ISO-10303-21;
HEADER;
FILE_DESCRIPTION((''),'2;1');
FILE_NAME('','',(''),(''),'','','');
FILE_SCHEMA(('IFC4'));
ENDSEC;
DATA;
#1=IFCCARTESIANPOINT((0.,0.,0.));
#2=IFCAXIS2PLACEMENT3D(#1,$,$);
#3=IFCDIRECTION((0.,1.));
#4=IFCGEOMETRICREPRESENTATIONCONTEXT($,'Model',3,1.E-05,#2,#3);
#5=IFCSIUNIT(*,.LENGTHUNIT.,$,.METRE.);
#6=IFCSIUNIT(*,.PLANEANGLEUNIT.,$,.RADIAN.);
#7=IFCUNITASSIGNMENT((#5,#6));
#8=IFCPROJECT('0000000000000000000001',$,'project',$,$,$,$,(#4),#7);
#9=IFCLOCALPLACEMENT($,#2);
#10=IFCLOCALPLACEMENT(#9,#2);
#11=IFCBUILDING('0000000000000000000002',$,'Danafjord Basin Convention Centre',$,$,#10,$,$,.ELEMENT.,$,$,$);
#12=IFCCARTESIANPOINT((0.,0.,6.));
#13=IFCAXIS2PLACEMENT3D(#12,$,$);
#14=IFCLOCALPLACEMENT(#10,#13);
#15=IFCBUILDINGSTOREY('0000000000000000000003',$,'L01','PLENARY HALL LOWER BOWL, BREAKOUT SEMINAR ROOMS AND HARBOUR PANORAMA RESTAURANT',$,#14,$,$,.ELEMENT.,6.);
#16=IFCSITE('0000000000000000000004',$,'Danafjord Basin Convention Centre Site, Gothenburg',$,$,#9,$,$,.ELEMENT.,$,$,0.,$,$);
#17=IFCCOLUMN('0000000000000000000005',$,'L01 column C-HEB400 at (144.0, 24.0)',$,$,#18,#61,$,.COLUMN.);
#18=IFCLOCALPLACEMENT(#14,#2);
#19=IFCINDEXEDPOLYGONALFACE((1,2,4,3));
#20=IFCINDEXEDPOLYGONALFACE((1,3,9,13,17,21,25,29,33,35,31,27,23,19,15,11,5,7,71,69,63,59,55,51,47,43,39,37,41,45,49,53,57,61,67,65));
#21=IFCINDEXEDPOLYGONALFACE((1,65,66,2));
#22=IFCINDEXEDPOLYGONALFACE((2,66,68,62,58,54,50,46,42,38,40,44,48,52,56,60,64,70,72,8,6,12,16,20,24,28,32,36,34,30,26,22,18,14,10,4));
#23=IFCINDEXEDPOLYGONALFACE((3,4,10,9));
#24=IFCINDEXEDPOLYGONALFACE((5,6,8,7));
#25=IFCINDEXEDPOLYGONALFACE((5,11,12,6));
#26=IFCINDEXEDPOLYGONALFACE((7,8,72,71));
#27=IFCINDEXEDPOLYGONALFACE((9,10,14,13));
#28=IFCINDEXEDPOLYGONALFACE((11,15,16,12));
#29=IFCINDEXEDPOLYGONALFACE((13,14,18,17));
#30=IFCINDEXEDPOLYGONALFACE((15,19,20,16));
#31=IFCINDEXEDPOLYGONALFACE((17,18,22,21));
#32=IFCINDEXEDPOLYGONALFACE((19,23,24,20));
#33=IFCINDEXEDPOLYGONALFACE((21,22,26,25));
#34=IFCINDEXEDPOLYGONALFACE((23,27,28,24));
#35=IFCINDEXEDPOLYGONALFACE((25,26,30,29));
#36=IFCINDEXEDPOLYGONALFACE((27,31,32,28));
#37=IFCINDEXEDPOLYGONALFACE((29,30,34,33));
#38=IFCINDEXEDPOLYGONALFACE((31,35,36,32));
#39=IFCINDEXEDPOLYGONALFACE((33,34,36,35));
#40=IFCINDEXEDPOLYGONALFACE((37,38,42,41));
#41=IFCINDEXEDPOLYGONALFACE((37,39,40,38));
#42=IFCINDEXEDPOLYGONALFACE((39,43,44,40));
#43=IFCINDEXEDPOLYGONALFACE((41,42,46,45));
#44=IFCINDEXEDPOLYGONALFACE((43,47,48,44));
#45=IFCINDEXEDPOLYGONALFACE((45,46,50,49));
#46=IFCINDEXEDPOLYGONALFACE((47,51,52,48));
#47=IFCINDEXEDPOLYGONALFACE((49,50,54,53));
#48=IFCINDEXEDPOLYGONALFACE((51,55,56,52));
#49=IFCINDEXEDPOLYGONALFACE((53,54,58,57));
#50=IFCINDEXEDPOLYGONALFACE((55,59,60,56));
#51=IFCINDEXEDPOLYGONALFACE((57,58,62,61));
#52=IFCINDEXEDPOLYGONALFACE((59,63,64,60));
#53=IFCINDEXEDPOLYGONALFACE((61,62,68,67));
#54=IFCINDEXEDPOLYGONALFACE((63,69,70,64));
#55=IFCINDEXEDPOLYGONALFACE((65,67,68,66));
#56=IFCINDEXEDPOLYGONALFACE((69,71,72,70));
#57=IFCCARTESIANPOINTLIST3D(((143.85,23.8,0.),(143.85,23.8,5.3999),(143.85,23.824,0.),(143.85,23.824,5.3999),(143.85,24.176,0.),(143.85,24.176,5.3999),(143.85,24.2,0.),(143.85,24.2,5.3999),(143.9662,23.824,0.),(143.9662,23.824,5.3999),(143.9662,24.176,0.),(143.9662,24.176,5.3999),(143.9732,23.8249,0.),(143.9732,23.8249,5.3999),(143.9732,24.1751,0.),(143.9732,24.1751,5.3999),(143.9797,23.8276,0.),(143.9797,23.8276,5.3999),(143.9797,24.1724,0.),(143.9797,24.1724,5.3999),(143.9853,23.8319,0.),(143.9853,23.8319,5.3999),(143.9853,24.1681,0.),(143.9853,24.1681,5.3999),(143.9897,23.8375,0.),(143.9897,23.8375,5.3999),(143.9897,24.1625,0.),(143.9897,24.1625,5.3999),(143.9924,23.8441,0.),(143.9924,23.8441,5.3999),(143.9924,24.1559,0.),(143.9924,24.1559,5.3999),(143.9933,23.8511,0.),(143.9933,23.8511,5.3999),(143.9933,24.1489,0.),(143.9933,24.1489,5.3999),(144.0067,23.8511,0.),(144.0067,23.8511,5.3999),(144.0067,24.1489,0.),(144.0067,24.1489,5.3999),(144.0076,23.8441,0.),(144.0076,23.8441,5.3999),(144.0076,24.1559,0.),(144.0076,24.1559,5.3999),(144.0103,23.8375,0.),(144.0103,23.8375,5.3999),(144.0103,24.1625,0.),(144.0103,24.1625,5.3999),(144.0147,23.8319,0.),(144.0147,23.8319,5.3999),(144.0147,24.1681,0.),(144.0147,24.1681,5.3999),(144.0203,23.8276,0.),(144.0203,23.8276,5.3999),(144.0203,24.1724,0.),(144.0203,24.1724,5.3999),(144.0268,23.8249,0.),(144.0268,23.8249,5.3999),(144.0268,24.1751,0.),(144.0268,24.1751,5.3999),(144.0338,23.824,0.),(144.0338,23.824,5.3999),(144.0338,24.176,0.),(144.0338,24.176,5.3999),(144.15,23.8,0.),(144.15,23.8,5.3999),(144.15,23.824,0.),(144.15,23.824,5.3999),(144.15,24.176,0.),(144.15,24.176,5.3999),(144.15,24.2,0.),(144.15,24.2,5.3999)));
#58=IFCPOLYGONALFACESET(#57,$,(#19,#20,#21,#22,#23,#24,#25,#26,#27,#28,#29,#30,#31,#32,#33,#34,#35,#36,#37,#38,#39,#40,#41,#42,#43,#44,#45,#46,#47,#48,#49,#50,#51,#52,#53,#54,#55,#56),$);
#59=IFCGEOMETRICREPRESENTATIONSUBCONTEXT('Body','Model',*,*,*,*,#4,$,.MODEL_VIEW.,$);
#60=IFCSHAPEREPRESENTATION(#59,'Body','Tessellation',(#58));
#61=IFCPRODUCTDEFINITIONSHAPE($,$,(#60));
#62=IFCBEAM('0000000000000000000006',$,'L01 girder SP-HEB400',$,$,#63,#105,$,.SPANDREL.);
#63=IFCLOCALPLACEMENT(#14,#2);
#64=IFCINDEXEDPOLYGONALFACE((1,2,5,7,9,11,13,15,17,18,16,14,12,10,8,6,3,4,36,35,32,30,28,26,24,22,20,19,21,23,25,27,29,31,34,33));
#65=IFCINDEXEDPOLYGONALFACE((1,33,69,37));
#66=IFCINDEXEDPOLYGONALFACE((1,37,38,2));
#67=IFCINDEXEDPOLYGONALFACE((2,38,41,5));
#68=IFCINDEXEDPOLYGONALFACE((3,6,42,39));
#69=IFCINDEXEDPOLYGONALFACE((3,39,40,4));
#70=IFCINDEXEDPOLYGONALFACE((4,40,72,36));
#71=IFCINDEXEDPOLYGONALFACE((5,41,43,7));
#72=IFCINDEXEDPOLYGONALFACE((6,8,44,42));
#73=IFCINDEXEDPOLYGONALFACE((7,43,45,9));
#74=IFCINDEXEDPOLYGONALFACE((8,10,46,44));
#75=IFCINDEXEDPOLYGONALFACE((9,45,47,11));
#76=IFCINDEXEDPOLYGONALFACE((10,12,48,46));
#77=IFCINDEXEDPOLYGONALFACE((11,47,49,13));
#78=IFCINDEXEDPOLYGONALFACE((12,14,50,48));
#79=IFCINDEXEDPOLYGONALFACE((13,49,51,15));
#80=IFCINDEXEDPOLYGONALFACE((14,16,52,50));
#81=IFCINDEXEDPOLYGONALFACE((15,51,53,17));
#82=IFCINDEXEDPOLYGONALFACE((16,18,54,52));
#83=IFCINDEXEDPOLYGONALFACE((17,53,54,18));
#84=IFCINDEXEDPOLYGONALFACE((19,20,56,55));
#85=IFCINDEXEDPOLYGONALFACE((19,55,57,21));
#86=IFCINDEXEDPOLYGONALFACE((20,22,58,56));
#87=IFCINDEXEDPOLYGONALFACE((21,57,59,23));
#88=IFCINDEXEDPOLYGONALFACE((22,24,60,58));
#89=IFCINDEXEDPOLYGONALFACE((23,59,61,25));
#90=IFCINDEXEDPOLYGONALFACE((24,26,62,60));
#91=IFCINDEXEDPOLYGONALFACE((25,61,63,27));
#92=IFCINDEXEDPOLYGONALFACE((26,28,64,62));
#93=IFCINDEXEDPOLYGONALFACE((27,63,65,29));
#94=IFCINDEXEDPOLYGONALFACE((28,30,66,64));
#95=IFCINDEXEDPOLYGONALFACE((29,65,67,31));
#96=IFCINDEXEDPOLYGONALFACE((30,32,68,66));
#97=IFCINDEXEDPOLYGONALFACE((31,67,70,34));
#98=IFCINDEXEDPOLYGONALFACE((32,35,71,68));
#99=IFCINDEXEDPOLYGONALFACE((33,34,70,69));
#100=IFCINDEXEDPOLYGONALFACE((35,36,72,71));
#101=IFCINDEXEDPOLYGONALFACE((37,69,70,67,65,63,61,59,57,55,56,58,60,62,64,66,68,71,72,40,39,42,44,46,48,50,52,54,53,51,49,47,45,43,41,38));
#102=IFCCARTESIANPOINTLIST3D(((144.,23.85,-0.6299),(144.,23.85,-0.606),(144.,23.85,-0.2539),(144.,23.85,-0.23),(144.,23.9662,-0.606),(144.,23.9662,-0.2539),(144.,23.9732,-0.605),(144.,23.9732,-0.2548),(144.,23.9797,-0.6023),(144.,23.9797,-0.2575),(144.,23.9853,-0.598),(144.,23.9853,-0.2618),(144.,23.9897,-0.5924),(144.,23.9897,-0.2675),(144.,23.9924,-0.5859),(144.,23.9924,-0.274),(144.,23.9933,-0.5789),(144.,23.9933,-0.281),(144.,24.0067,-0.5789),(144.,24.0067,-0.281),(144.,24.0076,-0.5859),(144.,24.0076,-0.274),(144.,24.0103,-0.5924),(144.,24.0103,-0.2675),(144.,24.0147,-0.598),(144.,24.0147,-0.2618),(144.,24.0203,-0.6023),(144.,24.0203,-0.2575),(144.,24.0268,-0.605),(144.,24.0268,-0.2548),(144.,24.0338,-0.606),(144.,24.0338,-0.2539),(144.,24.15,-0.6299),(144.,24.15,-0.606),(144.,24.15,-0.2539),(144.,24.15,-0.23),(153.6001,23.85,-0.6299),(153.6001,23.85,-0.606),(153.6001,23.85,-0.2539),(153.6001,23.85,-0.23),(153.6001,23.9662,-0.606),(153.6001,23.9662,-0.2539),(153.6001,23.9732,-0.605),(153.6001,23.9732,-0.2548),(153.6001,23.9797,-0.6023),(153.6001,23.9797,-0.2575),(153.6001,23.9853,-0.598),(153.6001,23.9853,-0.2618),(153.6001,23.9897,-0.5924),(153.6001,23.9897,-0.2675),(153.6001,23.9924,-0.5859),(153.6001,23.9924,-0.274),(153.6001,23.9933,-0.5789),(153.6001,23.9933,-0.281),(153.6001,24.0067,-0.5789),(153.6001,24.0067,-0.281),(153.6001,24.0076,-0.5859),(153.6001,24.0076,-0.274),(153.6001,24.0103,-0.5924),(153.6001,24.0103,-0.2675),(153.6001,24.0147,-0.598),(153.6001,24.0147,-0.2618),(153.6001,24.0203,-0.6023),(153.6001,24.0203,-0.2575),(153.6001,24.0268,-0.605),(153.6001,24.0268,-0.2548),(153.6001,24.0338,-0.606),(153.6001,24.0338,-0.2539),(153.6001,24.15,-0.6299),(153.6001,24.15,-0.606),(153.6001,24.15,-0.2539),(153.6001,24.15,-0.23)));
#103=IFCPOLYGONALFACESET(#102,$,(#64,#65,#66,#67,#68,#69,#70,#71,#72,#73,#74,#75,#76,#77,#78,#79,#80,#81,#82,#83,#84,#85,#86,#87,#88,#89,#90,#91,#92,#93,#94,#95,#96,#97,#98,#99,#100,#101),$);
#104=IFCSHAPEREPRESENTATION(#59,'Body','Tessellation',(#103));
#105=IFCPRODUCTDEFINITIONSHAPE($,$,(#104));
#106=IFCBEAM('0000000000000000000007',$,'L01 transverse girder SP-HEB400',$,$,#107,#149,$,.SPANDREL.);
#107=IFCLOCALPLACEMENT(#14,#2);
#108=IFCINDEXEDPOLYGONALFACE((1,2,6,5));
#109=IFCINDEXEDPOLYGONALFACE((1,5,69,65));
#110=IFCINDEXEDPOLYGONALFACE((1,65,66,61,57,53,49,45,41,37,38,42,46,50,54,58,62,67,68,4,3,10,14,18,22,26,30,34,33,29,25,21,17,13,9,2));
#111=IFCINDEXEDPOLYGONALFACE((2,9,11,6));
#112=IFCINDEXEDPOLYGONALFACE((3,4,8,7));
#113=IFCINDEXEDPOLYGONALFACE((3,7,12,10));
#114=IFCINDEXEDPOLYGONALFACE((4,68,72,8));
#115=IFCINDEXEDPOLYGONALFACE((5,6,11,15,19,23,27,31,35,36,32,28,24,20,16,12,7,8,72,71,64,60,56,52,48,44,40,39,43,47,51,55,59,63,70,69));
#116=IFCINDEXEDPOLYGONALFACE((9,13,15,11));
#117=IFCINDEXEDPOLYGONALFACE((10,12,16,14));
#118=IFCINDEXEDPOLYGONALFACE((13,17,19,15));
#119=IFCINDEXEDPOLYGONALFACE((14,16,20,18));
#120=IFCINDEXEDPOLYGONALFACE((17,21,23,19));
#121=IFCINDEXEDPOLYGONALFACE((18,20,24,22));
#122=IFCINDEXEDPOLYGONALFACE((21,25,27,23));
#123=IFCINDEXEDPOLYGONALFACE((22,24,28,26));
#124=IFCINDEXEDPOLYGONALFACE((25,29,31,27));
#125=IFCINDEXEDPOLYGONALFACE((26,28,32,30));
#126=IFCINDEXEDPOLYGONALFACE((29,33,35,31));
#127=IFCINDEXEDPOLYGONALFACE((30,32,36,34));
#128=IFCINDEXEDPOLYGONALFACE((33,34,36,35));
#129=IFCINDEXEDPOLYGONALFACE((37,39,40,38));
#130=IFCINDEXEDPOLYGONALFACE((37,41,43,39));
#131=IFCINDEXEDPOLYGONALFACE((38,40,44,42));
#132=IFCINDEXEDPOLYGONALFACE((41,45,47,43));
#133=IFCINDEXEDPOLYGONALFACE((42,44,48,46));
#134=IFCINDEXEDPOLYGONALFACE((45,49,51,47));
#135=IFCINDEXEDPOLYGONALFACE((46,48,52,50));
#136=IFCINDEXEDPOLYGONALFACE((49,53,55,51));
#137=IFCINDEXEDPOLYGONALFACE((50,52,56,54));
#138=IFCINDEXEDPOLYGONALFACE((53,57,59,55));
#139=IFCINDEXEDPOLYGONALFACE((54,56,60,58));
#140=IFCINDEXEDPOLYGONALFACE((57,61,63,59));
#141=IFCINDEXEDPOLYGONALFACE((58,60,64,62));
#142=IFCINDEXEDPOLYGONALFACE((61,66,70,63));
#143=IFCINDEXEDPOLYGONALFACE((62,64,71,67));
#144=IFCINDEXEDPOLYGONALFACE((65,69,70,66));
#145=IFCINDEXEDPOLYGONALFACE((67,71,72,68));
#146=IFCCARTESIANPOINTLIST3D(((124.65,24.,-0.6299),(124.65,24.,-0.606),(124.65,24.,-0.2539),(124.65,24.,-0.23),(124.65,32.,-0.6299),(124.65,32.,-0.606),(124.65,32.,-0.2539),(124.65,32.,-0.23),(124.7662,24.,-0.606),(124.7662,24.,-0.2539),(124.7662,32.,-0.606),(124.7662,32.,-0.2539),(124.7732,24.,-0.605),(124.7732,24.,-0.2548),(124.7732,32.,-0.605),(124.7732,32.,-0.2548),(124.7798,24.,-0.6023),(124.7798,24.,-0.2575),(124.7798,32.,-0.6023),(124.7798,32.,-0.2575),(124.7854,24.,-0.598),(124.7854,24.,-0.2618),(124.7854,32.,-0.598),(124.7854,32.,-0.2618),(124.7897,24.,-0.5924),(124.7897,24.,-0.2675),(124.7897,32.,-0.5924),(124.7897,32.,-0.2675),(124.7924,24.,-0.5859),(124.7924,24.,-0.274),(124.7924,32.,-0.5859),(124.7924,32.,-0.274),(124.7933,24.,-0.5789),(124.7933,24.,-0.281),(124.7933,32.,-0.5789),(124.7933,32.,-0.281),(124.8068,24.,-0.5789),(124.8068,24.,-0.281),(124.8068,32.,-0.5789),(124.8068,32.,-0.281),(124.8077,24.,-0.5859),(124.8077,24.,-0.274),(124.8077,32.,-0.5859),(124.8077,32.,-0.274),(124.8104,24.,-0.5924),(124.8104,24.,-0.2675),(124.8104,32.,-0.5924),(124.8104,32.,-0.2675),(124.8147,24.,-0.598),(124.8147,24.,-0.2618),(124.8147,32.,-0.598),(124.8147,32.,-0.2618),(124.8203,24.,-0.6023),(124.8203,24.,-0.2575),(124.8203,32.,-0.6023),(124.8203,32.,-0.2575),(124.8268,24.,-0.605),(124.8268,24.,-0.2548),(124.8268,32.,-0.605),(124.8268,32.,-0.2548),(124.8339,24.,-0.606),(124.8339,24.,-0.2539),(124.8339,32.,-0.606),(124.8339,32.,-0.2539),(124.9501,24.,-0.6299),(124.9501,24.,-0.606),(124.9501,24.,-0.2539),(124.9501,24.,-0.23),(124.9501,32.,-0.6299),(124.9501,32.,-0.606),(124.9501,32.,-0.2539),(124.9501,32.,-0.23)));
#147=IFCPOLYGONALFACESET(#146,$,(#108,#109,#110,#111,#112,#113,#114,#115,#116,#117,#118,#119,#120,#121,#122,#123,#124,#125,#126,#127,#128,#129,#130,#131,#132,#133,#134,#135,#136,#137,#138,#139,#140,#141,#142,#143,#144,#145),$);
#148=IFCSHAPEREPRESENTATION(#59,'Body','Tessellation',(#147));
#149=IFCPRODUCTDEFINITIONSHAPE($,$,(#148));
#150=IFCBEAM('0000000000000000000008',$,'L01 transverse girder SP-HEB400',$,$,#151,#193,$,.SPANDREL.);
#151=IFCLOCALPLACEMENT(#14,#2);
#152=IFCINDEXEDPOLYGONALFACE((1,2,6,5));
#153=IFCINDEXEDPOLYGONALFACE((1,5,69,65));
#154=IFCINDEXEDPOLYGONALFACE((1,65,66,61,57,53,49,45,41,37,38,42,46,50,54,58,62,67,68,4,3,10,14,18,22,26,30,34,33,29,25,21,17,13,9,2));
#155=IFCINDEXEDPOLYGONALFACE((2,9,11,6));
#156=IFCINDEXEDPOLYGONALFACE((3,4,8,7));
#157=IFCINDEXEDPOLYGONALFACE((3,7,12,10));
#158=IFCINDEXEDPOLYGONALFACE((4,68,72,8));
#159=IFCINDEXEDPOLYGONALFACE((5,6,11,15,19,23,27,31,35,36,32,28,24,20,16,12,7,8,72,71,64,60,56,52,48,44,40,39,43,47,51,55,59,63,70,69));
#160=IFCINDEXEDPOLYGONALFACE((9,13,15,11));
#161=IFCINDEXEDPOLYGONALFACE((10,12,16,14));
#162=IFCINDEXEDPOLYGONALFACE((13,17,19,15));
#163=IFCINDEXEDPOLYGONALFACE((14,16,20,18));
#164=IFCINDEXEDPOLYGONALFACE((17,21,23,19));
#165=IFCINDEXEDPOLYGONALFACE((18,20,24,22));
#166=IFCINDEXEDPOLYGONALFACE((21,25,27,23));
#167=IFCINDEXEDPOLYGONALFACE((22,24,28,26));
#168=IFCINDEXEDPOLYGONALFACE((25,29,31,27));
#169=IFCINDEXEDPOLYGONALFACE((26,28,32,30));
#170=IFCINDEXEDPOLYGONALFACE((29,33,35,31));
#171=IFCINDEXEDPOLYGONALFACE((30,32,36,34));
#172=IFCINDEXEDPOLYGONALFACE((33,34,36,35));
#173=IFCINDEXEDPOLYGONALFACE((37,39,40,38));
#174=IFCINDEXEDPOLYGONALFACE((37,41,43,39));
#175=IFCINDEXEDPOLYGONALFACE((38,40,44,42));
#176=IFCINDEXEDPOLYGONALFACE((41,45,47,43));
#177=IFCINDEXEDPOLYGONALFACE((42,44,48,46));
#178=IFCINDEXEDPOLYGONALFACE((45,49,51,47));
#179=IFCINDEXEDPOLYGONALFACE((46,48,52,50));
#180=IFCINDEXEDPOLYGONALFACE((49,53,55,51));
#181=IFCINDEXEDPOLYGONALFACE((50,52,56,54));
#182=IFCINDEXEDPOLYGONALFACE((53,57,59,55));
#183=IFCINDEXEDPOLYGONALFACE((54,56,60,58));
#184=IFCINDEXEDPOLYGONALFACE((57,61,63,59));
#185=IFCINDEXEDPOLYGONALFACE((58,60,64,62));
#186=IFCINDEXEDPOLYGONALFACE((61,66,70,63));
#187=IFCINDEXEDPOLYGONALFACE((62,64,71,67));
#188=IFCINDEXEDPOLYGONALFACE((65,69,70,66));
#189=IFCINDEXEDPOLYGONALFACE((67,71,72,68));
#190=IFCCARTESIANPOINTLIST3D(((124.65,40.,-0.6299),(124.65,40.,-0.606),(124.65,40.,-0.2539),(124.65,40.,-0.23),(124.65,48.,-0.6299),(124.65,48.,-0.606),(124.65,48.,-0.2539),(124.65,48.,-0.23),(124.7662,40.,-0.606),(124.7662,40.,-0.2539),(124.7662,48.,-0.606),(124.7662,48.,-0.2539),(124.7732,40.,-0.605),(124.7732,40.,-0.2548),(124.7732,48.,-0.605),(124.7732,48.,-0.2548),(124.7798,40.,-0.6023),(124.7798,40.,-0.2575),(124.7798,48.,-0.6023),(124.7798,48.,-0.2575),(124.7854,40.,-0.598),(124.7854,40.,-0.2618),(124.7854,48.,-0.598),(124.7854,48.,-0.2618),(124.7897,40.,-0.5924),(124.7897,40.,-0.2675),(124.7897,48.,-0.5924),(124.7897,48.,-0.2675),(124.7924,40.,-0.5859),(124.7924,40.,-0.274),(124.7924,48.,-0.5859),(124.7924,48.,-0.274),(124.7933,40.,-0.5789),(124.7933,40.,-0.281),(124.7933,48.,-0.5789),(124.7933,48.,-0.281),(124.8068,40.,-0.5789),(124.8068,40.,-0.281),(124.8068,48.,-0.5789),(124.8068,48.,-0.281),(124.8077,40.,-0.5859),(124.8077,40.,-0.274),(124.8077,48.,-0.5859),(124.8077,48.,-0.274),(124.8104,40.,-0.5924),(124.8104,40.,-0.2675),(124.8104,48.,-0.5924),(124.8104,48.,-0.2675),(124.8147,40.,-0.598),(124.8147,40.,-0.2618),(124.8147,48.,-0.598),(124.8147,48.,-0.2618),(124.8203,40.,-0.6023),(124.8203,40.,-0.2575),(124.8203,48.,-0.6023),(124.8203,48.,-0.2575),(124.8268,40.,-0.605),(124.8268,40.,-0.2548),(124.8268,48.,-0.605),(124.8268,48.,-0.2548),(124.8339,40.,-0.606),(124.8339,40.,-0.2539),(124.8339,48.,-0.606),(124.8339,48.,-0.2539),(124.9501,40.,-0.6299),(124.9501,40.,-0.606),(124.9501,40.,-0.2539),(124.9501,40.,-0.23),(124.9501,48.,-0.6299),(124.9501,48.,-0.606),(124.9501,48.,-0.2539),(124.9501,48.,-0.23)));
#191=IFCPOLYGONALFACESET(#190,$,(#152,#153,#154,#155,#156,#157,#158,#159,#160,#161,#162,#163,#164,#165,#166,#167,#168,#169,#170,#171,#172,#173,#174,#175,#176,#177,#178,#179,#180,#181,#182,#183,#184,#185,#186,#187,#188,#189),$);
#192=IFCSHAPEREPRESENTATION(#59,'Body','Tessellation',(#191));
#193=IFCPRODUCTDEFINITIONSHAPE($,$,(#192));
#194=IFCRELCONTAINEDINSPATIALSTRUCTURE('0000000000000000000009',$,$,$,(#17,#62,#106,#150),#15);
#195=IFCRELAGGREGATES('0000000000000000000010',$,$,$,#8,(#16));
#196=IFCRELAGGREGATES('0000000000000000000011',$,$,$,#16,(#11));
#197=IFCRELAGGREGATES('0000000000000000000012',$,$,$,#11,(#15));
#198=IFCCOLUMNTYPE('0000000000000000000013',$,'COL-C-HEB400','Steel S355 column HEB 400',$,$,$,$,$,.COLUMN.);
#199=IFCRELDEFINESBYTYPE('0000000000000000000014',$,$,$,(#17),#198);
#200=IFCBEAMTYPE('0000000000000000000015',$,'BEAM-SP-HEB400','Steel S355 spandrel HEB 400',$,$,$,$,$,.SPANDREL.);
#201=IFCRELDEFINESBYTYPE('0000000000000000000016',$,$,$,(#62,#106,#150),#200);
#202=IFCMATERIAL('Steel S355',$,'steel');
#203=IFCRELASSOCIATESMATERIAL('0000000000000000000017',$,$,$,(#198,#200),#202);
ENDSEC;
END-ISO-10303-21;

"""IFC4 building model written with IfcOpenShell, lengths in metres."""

from ifc_helpers import new_model, si_unit, direction, frame, origin, origin_2d, place, context, subcontext, project, spatial, i_section, extrude, material, material_profile, profile_set, type_object, element, save


model = new_model("IFC4")

# Units and contexts
model_context = context("Model", 3, precision=1e-05, world=origin(), true_north=direction((0.0, 1.0)))
body_context = subcontext(model_context, "Body", "Model", "MODEL_VIEW")
ifc_project = project(units=[si_unit("LENGTHUNIT", "METRE"), si_unit("PLANEANGLEUNIT", "RADIAN")], contexts=[model_context])

# Site, building, storey
site_placement = place(None, origin())
site = spatial("IfcSite", under=ifc_project, at=site_placement, Name="Danafjord Basin Convention Centre Site, Gothenburg", CompositionType="ELEMENT", RefElevation=0.0)
building_placement = place(site_placement, origin())
building = spatial("IfcBuilding", under=site, at=building_placement, Name="Danafjord Basin Convention Centre", CompositionType="ELEMENT")
storey_placement = place(building_placement, frame((0.0, 0.0, 6.0)))
storey = spatial("IfcBuildingStorey", under=building, at=storey_placement, Name="L01", Description="PLENARY HALL LOWER BOWL, BREAKOUT SEMINAR ROOMS AND HARBOUR PANORAMA RESTAURANT", CompositionType="ELEMENT", Elevation=6.0)

# Column
ifc_material_1 = material(Name="Steel S355", Category="steel")
ifc_material_profile_1 = material_profile(ifc_material_1, i_section(OverallWidth=0.3, OverallDepth=0.3999, WebThickness=0.0134, FlangeThickness=0.0239, FilletRadius=0.0271, at=origin_2d()), Name="HEB 400")
ifc_profile_set_1 = profile_set([ifc_material_profile_1], Name="Steel S355")
column_type_1 = type_object("IfcColumnType", Name="COL-C-HEB400", Description="Steel S355 column HEB 400", PredefinedType="COLUMN", material=ifc_profile_set_1)
column_placement = place(storey_placement, frame((144.0, 24.0, 0.0), z_axis=(0.0, 0.0, 1.0), x_axis=(1.0, 0.0, 0.0)))
element("IfcColumn", 1, at=column_placement, inside=storey, type_object=column_type_1, Name="L01 column C-HEB400 at (144.0, 24.0)", PredefinedType="COLUMN", context=body_context, shape_type="SweptSolid", body=[
    extrude(i_section(OverallWidth=0.3, OverallDepth=0.3999, WebThickness=0.0134, FlangeThickness=0.0239, FilletRadius=0.0271, at=origin_2d()), origin(), (0.0, 0.0, 1.0), 5.3999),
])

# Beams
ifc_material_profile_2 = material_profile(ifc_material_1, i_section(OverallWidth=0.3, OverallDepth=0.3999, WebThickness=0.0134, FlangeThickness=0.0239, FilletRadius=0.0271, at=origin_2d()), Name="HEB 400")
ifc_profile_set_2 = profile_set([ifc_material_profile_2], Name="Steel S355")
beam_type_1 = type_object("IfcBeamType", Name="BEAM-SP-HEB400", Description="Steel S355 spandrel HEB 400", PredefinedType="SPANDREL", material=ifc_profile_set_2)
beam_1_placement = place(storey_placement, frame((144.0, 24.0, -0.4299), z_axis=(1.0, 0.0, 0.0), x_axis=(0.0, 1.0, 0.0)))
element("IfcBeam", 2, at=beam_1_placement, inside=storey, type_object=beam_type_1, Name="L01 girder SP-HEB400", PredefinedType="SPANDREL", context=body_context, shape_type="SweptSolid", body=[
    extrude(i_section(OverallWidth=0.3, OverallDepth=0.3999, WebThickness=0.0134, FlangeThickness=0.0239, FilletRadius=0.0271, at=origin_2d()), origin(), (0.0, 0.0, 1.0), 9.6001),
])
for number, where, z_axis, x_axis, name in (
    (3, (124.8, 24.0, -0.4299), (0.0, 1.0, 0.0), (-1.0, 0.0, 0.0), "L01 transverse girder SP-HEB400"),
    (4, (124.8, 40.0, -0.4299), (0.0, 1.0, 0.0), (-1.0, 0.0, 0.0), "L01 transverse girder SP-HEB400"),
):
    element("IfcBeam", number, at=place(storey_placement, frame(where, z_axis=z_axis, x_axis=x_axis)), inside=storey, type_object=beam_type_1, Name=name, PredefinedType="SPANDREL", context=body_context, shape_type="SweptSolid", body=[
        extrude(i_section(OverallWidth=0.3, OverallDepth=0.3999, WebThickness=0.0134, FlangeThickness=0.0239, FilletRadius=0.0271, at=origin_2d()), origin(), (0.0, 0.0, 1.0), 8.0),
    ])

save(model, "model.ifc")
